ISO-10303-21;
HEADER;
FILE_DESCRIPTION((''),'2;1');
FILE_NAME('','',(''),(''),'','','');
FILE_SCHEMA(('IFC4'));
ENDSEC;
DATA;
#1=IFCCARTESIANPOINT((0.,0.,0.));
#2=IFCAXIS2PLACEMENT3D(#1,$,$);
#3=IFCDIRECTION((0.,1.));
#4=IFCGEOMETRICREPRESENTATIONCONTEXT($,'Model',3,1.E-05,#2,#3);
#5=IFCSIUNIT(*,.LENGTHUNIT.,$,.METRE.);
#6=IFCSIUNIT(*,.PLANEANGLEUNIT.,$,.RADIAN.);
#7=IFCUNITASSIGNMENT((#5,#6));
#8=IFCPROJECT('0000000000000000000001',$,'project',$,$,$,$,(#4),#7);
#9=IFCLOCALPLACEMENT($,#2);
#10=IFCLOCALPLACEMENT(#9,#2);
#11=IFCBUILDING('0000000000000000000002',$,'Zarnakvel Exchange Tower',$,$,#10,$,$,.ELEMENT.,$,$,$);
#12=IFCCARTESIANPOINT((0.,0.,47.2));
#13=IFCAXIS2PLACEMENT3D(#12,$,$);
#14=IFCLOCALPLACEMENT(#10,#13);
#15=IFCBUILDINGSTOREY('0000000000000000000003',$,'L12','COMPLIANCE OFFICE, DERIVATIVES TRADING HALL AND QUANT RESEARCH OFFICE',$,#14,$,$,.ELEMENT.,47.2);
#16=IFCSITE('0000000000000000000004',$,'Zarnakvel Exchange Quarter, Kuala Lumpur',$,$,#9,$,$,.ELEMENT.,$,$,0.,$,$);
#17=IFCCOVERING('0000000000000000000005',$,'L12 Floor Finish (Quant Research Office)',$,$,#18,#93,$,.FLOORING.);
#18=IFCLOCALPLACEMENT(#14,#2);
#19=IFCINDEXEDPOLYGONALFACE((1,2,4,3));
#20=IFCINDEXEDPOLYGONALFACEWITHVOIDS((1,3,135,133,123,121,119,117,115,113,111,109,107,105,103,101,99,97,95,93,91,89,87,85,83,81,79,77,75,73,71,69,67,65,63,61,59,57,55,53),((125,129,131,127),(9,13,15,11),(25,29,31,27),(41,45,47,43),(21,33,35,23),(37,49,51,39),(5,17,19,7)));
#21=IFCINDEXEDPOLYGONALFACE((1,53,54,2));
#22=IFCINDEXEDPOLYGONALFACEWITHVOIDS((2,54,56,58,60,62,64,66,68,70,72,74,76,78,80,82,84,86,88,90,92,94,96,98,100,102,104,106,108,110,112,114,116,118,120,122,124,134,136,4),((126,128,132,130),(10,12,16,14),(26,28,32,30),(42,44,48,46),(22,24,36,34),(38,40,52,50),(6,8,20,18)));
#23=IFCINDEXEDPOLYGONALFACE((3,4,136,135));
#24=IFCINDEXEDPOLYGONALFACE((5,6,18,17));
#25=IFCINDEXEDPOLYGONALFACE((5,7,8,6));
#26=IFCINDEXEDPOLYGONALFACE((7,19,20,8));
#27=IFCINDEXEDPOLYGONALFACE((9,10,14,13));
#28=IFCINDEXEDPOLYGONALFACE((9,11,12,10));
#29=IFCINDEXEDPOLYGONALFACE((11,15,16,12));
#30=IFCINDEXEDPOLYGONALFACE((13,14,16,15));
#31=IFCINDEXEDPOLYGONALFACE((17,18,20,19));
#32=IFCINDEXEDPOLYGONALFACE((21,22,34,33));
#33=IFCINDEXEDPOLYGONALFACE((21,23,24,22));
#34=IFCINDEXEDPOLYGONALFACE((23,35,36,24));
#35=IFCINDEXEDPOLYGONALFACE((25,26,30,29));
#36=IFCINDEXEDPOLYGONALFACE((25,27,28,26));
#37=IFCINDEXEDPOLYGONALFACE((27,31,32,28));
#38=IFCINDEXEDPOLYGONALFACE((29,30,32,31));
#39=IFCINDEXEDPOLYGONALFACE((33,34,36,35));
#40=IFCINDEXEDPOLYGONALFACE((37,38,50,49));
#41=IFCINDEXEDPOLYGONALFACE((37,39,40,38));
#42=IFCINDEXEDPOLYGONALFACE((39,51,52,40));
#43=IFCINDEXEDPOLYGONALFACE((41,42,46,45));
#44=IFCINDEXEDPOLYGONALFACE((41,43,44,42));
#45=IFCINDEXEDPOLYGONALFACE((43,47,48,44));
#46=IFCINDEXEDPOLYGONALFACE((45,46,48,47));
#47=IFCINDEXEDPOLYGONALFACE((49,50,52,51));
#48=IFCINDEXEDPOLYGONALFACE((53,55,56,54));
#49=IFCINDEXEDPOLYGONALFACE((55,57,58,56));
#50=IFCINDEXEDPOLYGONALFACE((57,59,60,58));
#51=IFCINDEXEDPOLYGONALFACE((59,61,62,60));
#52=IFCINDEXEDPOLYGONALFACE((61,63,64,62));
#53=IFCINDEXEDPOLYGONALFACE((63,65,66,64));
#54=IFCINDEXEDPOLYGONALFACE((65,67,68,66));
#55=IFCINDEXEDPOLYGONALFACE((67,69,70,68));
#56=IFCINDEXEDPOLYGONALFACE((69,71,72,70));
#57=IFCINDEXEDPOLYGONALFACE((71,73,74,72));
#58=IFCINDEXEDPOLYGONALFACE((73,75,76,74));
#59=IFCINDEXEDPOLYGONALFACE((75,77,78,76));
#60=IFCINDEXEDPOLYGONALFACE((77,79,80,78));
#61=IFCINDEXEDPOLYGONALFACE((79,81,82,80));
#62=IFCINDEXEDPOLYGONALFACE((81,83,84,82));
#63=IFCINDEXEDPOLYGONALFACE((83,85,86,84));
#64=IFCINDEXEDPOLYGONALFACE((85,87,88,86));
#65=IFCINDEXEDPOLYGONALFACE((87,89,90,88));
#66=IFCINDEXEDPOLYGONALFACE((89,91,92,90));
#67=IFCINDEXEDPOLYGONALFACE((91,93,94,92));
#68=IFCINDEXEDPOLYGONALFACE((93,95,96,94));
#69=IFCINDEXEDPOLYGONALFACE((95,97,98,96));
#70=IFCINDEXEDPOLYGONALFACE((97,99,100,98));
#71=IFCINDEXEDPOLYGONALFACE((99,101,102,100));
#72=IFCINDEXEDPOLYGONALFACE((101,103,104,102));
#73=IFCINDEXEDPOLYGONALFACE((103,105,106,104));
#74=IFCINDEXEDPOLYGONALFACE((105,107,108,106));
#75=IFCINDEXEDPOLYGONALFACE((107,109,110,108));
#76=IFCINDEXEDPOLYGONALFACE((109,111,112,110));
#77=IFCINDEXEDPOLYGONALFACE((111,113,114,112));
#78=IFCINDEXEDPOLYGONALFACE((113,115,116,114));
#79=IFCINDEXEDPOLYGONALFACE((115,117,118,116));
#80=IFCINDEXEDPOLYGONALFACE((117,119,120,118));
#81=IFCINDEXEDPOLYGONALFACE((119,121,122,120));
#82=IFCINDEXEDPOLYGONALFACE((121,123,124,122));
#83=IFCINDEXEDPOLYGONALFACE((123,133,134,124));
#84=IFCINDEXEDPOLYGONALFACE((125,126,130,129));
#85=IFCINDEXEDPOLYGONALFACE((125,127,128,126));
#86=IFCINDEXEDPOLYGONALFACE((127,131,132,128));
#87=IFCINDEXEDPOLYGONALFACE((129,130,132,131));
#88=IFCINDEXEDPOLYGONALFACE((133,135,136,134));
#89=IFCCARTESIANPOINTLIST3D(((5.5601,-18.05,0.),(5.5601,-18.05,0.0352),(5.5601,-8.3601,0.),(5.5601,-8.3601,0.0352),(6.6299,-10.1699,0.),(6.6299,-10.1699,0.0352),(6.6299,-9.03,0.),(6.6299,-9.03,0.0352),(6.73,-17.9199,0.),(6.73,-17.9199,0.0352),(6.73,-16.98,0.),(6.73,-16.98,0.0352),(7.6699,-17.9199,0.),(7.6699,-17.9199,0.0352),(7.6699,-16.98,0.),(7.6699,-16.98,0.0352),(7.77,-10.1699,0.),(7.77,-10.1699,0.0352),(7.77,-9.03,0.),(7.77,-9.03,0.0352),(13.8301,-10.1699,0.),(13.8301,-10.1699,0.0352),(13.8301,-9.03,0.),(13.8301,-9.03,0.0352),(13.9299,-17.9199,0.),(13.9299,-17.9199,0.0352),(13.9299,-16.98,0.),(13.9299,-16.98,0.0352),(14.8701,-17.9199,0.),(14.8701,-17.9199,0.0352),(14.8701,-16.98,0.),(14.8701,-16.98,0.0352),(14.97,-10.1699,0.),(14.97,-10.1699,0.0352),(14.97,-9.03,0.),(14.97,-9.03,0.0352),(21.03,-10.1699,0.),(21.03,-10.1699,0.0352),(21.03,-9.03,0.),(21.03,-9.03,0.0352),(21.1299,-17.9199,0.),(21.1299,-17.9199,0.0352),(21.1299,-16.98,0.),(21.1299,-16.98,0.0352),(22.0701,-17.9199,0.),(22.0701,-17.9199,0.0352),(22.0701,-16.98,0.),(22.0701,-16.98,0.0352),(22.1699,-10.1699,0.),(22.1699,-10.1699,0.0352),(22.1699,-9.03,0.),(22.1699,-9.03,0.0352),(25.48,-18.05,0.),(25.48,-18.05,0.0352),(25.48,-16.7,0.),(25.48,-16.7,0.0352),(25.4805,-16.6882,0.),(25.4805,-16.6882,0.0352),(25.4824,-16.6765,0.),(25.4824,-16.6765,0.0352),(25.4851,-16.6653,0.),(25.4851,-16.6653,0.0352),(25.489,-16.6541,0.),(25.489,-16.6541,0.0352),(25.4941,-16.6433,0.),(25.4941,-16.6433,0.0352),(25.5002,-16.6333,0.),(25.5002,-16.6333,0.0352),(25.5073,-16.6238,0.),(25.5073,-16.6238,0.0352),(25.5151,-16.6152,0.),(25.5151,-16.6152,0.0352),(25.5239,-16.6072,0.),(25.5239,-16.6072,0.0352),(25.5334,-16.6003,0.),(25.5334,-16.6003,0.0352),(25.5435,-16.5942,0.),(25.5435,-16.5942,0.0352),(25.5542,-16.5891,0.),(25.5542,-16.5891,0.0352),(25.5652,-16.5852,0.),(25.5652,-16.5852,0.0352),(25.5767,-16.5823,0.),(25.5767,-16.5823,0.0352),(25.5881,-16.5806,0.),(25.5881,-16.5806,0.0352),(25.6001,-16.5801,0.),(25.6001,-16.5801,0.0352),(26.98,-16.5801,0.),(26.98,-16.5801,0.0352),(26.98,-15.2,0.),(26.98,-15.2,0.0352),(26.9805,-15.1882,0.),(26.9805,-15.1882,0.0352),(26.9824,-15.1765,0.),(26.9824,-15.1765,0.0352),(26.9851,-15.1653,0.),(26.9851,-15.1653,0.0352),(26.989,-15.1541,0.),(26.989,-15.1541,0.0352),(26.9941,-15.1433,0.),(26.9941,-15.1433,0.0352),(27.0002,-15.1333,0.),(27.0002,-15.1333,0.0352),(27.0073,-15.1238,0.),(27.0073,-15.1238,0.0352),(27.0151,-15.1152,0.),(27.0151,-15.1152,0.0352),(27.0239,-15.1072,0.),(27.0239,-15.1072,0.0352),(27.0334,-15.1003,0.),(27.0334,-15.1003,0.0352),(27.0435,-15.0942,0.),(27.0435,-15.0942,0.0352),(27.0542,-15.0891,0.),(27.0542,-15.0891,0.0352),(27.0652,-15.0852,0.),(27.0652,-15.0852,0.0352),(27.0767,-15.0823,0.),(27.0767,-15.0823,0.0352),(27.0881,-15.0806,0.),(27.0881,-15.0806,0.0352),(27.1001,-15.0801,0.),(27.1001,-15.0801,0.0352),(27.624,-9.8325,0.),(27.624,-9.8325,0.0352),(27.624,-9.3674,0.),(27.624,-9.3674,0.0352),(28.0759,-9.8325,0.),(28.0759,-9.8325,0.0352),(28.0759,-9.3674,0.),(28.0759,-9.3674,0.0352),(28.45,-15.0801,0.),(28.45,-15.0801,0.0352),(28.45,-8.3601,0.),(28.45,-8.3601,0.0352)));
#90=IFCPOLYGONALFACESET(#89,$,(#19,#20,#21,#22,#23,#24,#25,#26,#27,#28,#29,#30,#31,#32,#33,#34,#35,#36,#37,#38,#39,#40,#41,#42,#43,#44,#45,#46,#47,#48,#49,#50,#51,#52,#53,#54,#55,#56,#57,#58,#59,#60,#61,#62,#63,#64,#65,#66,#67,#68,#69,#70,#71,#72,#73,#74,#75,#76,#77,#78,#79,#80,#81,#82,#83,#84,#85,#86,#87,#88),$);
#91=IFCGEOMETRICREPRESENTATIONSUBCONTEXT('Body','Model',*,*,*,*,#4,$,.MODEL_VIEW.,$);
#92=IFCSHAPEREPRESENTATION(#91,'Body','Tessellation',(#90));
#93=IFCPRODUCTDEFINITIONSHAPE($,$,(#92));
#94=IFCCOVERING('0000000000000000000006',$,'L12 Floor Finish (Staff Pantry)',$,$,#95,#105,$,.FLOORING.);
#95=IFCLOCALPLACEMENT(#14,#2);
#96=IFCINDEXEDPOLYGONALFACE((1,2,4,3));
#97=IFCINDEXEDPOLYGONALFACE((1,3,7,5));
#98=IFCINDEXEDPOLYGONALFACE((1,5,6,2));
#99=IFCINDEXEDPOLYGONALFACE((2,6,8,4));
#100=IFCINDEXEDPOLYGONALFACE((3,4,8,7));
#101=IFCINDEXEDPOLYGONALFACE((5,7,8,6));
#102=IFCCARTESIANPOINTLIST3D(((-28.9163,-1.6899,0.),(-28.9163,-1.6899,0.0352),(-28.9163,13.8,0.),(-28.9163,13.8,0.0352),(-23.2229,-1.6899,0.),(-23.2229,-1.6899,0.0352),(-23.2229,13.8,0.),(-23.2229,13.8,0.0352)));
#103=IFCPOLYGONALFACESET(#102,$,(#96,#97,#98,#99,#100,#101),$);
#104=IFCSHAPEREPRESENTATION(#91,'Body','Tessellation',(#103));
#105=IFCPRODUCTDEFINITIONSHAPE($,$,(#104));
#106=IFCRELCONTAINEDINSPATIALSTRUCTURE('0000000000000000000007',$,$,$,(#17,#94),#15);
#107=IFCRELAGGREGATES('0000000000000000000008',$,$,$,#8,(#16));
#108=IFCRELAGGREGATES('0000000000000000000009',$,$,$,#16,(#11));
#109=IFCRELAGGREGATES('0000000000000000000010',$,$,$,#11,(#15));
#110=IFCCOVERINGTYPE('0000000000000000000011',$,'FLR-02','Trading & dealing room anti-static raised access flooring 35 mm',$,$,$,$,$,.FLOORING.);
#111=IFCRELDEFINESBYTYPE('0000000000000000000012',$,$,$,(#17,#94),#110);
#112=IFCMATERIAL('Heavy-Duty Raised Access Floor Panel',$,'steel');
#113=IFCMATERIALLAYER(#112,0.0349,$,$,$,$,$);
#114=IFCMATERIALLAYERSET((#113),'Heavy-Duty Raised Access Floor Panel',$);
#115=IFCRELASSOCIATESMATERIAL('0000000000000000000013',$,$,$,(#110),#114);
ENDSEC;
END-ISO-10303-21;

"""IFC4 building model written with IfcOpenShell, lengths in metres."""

from ifc_helpers import new_model, si_unit, direction, frame, origin, place, context, subcontext, project, spatial, polyline, outline, extrude, material, layer, layer_set, type_object, element, save


model = new_model("IFC4")

# Units and contexts
model_context = context("Model", 3, precision=1e-05, world=origin(), true_north=direction((0.0, 1.0)))
body_context = subcontext(model_context, "Body", "Model", "MODEL_VIEW")
ifc_project = project(units=[si_unit("LENGTHUNIT", "METRE"), si_unit("PLANEANGLEUNIT", "RADIAN")], contexts=[model_context])

# Site, building, storey
site_placement = place(None, origin())
site = spatial("IfcSite", under=ifc_project, at=site_placement, Name="Zarnakvel Exchange Quarter, Kuala Lumpur", CompositionType="ELEMENT", RefElevation=0.0)
building_placement = place(site_placement, origin())
building = spatial("IfcBuilding", under=site, at=building_placement, Name="Zarnakvel Exchange Tower", CompositionType="ELEMENT")
storey_placement = place(building_placement, frame((0.0, 0.0, 47.2)))
storey = spatial("IfcBuildingStorey", under=building, at=storey_placement, Name="L12", Description="COMPLIANCE OFFICE, DERIVATIVES TRADING HALL AND QUANT RESEARCH OFFICE", CompositionType="ELEMENT", Elevation=47.2)

# Coverings
ifc_material_1 = material(Name="Heavy-Duty Raised Access Floor Panel", Category="steel")
ifc_layer_1 = layer(ifc_material_1, 0.0349)
ifc_layer_set_1 = layer_set([ifc_layer_1], Name="Heavy-Duty Raised Access Floor Panel")
covering_type_1 = type_object("IfcCoveringType", Name="FLR-02", Description="Trading & dealing room anti-static raised access flooring 35 mm", PredefinedType="FLOORING", material=ifc_layer_set_1)
covering_1_placement = place(storey_placement, origin())
element("IfcCovering", 1, at=covering_1_placement, inside=storey, type_object=covering_type_1, Name="L12 Floor Finish (Quant Research Office)", PredefinedType="FLOORING", context=body_context, shape_type="SweptSolid", body=[
    extrude(outline(polyline([(5.5601, -8.3601), (28.45, -8.3601), (28.45, -15.0801), (27.1001, -15.0801), (27.0881, -15.0806), (27.0767, -15.0823), (27.0652, -15.0852), (27.0542, -15.0891), (27.0435, -15.0942), (27.0334, -15.1003), (27.0239, -15.1072), (27.0151, -15.1152), (27.0073, -15.1238), (27.0002, -15.1333), (26.9941, -15.1433), (26.989, -15.1541), (26.9851, -15.1653), (26.9824, -15.1765), (26.9805, -15.1882), (26.98, -15.2), (26.98, -16.5801), (25.6001, -16.5801), (25.5881, -16.5806), (25.5767, -16.5823), (25.5652, -16.5852), (25.5542, -16.5891), (25.5435, -16.5942), (25.5334, -16.6003), (25.5239, -16.6072), (25.5151, -16.6152), (25.5073, -16.6238), (25.5002, -16.6333), (25.4941, -16.6433), (25.489, -16.6541), (25.4851, -16.6653), (25.4824, -16.6765), (25.4805, -16.6882), (25.48, -16.7), (25.48, -18.05), (5.5601, -18.05), (5.5601, -8.3601)]), holes=[polyline([(28.0759, -9.8325), (28.0759, -9.3674), (27.624, -9.3674), (27.624, -9.8325), (28.0759, -9.8325)]), polyline([(22.1699, -10.1699), (22.1699, -9.03), (21.03, -9.03), (21.03, -10.1699), (22.1699, -10.1699)]), polyline([(22.0701, -17.9199), (22.0701, -16.98), (21.1299, -16.98), (21.1299, -17.9199), (22.0701, -17.9199)]), polyline([(13.8301, -10.1699), (14.97, -10.1699), (14.97, -9.03), (13.8301, -9.03), (13.8301, -10.1699)]), polyline([(14.8701, -17.9199), (14.8701, -16.98), (13.9299, -16.98), (13.9299, -17.9199), (14.8701, -17.9199)]), polyline([(6.6299, -10.1699), (7.77, -10.1699), (7.77, -9.03), (6.6299, -9.03), (6.6299, -10.1699)]), polyline([(7.6699, -17.9199), (7.6699, -16.98), (6.73, -16.98), (6.73, -17.9199), (7.6699, -17.9199)])]), origin(), (0.0, 0.0, 1.0), 0.0352),
])
covering_2_placement = place(storey_placement, origin())
element("IfcCovering", 2, at=covering_2_placement, inside=storey, type_object=covering_type_1, Name="L12 Floor Finish (Staff Pantry)", PredefinedType="FLOORING", context=body_context, shape_type="SweptSolid", body=[
    extrude(outline(polyline([(-28.9163, 13.8), (-23.2229, 13.8), (-23.2229, -1.6899), (-28.9163, -1.6899), (-28.9163, 13.8)])), origin(), (0.0, 0.0, 1.0), 0.0352),
])

save(model, "model.ifc")
